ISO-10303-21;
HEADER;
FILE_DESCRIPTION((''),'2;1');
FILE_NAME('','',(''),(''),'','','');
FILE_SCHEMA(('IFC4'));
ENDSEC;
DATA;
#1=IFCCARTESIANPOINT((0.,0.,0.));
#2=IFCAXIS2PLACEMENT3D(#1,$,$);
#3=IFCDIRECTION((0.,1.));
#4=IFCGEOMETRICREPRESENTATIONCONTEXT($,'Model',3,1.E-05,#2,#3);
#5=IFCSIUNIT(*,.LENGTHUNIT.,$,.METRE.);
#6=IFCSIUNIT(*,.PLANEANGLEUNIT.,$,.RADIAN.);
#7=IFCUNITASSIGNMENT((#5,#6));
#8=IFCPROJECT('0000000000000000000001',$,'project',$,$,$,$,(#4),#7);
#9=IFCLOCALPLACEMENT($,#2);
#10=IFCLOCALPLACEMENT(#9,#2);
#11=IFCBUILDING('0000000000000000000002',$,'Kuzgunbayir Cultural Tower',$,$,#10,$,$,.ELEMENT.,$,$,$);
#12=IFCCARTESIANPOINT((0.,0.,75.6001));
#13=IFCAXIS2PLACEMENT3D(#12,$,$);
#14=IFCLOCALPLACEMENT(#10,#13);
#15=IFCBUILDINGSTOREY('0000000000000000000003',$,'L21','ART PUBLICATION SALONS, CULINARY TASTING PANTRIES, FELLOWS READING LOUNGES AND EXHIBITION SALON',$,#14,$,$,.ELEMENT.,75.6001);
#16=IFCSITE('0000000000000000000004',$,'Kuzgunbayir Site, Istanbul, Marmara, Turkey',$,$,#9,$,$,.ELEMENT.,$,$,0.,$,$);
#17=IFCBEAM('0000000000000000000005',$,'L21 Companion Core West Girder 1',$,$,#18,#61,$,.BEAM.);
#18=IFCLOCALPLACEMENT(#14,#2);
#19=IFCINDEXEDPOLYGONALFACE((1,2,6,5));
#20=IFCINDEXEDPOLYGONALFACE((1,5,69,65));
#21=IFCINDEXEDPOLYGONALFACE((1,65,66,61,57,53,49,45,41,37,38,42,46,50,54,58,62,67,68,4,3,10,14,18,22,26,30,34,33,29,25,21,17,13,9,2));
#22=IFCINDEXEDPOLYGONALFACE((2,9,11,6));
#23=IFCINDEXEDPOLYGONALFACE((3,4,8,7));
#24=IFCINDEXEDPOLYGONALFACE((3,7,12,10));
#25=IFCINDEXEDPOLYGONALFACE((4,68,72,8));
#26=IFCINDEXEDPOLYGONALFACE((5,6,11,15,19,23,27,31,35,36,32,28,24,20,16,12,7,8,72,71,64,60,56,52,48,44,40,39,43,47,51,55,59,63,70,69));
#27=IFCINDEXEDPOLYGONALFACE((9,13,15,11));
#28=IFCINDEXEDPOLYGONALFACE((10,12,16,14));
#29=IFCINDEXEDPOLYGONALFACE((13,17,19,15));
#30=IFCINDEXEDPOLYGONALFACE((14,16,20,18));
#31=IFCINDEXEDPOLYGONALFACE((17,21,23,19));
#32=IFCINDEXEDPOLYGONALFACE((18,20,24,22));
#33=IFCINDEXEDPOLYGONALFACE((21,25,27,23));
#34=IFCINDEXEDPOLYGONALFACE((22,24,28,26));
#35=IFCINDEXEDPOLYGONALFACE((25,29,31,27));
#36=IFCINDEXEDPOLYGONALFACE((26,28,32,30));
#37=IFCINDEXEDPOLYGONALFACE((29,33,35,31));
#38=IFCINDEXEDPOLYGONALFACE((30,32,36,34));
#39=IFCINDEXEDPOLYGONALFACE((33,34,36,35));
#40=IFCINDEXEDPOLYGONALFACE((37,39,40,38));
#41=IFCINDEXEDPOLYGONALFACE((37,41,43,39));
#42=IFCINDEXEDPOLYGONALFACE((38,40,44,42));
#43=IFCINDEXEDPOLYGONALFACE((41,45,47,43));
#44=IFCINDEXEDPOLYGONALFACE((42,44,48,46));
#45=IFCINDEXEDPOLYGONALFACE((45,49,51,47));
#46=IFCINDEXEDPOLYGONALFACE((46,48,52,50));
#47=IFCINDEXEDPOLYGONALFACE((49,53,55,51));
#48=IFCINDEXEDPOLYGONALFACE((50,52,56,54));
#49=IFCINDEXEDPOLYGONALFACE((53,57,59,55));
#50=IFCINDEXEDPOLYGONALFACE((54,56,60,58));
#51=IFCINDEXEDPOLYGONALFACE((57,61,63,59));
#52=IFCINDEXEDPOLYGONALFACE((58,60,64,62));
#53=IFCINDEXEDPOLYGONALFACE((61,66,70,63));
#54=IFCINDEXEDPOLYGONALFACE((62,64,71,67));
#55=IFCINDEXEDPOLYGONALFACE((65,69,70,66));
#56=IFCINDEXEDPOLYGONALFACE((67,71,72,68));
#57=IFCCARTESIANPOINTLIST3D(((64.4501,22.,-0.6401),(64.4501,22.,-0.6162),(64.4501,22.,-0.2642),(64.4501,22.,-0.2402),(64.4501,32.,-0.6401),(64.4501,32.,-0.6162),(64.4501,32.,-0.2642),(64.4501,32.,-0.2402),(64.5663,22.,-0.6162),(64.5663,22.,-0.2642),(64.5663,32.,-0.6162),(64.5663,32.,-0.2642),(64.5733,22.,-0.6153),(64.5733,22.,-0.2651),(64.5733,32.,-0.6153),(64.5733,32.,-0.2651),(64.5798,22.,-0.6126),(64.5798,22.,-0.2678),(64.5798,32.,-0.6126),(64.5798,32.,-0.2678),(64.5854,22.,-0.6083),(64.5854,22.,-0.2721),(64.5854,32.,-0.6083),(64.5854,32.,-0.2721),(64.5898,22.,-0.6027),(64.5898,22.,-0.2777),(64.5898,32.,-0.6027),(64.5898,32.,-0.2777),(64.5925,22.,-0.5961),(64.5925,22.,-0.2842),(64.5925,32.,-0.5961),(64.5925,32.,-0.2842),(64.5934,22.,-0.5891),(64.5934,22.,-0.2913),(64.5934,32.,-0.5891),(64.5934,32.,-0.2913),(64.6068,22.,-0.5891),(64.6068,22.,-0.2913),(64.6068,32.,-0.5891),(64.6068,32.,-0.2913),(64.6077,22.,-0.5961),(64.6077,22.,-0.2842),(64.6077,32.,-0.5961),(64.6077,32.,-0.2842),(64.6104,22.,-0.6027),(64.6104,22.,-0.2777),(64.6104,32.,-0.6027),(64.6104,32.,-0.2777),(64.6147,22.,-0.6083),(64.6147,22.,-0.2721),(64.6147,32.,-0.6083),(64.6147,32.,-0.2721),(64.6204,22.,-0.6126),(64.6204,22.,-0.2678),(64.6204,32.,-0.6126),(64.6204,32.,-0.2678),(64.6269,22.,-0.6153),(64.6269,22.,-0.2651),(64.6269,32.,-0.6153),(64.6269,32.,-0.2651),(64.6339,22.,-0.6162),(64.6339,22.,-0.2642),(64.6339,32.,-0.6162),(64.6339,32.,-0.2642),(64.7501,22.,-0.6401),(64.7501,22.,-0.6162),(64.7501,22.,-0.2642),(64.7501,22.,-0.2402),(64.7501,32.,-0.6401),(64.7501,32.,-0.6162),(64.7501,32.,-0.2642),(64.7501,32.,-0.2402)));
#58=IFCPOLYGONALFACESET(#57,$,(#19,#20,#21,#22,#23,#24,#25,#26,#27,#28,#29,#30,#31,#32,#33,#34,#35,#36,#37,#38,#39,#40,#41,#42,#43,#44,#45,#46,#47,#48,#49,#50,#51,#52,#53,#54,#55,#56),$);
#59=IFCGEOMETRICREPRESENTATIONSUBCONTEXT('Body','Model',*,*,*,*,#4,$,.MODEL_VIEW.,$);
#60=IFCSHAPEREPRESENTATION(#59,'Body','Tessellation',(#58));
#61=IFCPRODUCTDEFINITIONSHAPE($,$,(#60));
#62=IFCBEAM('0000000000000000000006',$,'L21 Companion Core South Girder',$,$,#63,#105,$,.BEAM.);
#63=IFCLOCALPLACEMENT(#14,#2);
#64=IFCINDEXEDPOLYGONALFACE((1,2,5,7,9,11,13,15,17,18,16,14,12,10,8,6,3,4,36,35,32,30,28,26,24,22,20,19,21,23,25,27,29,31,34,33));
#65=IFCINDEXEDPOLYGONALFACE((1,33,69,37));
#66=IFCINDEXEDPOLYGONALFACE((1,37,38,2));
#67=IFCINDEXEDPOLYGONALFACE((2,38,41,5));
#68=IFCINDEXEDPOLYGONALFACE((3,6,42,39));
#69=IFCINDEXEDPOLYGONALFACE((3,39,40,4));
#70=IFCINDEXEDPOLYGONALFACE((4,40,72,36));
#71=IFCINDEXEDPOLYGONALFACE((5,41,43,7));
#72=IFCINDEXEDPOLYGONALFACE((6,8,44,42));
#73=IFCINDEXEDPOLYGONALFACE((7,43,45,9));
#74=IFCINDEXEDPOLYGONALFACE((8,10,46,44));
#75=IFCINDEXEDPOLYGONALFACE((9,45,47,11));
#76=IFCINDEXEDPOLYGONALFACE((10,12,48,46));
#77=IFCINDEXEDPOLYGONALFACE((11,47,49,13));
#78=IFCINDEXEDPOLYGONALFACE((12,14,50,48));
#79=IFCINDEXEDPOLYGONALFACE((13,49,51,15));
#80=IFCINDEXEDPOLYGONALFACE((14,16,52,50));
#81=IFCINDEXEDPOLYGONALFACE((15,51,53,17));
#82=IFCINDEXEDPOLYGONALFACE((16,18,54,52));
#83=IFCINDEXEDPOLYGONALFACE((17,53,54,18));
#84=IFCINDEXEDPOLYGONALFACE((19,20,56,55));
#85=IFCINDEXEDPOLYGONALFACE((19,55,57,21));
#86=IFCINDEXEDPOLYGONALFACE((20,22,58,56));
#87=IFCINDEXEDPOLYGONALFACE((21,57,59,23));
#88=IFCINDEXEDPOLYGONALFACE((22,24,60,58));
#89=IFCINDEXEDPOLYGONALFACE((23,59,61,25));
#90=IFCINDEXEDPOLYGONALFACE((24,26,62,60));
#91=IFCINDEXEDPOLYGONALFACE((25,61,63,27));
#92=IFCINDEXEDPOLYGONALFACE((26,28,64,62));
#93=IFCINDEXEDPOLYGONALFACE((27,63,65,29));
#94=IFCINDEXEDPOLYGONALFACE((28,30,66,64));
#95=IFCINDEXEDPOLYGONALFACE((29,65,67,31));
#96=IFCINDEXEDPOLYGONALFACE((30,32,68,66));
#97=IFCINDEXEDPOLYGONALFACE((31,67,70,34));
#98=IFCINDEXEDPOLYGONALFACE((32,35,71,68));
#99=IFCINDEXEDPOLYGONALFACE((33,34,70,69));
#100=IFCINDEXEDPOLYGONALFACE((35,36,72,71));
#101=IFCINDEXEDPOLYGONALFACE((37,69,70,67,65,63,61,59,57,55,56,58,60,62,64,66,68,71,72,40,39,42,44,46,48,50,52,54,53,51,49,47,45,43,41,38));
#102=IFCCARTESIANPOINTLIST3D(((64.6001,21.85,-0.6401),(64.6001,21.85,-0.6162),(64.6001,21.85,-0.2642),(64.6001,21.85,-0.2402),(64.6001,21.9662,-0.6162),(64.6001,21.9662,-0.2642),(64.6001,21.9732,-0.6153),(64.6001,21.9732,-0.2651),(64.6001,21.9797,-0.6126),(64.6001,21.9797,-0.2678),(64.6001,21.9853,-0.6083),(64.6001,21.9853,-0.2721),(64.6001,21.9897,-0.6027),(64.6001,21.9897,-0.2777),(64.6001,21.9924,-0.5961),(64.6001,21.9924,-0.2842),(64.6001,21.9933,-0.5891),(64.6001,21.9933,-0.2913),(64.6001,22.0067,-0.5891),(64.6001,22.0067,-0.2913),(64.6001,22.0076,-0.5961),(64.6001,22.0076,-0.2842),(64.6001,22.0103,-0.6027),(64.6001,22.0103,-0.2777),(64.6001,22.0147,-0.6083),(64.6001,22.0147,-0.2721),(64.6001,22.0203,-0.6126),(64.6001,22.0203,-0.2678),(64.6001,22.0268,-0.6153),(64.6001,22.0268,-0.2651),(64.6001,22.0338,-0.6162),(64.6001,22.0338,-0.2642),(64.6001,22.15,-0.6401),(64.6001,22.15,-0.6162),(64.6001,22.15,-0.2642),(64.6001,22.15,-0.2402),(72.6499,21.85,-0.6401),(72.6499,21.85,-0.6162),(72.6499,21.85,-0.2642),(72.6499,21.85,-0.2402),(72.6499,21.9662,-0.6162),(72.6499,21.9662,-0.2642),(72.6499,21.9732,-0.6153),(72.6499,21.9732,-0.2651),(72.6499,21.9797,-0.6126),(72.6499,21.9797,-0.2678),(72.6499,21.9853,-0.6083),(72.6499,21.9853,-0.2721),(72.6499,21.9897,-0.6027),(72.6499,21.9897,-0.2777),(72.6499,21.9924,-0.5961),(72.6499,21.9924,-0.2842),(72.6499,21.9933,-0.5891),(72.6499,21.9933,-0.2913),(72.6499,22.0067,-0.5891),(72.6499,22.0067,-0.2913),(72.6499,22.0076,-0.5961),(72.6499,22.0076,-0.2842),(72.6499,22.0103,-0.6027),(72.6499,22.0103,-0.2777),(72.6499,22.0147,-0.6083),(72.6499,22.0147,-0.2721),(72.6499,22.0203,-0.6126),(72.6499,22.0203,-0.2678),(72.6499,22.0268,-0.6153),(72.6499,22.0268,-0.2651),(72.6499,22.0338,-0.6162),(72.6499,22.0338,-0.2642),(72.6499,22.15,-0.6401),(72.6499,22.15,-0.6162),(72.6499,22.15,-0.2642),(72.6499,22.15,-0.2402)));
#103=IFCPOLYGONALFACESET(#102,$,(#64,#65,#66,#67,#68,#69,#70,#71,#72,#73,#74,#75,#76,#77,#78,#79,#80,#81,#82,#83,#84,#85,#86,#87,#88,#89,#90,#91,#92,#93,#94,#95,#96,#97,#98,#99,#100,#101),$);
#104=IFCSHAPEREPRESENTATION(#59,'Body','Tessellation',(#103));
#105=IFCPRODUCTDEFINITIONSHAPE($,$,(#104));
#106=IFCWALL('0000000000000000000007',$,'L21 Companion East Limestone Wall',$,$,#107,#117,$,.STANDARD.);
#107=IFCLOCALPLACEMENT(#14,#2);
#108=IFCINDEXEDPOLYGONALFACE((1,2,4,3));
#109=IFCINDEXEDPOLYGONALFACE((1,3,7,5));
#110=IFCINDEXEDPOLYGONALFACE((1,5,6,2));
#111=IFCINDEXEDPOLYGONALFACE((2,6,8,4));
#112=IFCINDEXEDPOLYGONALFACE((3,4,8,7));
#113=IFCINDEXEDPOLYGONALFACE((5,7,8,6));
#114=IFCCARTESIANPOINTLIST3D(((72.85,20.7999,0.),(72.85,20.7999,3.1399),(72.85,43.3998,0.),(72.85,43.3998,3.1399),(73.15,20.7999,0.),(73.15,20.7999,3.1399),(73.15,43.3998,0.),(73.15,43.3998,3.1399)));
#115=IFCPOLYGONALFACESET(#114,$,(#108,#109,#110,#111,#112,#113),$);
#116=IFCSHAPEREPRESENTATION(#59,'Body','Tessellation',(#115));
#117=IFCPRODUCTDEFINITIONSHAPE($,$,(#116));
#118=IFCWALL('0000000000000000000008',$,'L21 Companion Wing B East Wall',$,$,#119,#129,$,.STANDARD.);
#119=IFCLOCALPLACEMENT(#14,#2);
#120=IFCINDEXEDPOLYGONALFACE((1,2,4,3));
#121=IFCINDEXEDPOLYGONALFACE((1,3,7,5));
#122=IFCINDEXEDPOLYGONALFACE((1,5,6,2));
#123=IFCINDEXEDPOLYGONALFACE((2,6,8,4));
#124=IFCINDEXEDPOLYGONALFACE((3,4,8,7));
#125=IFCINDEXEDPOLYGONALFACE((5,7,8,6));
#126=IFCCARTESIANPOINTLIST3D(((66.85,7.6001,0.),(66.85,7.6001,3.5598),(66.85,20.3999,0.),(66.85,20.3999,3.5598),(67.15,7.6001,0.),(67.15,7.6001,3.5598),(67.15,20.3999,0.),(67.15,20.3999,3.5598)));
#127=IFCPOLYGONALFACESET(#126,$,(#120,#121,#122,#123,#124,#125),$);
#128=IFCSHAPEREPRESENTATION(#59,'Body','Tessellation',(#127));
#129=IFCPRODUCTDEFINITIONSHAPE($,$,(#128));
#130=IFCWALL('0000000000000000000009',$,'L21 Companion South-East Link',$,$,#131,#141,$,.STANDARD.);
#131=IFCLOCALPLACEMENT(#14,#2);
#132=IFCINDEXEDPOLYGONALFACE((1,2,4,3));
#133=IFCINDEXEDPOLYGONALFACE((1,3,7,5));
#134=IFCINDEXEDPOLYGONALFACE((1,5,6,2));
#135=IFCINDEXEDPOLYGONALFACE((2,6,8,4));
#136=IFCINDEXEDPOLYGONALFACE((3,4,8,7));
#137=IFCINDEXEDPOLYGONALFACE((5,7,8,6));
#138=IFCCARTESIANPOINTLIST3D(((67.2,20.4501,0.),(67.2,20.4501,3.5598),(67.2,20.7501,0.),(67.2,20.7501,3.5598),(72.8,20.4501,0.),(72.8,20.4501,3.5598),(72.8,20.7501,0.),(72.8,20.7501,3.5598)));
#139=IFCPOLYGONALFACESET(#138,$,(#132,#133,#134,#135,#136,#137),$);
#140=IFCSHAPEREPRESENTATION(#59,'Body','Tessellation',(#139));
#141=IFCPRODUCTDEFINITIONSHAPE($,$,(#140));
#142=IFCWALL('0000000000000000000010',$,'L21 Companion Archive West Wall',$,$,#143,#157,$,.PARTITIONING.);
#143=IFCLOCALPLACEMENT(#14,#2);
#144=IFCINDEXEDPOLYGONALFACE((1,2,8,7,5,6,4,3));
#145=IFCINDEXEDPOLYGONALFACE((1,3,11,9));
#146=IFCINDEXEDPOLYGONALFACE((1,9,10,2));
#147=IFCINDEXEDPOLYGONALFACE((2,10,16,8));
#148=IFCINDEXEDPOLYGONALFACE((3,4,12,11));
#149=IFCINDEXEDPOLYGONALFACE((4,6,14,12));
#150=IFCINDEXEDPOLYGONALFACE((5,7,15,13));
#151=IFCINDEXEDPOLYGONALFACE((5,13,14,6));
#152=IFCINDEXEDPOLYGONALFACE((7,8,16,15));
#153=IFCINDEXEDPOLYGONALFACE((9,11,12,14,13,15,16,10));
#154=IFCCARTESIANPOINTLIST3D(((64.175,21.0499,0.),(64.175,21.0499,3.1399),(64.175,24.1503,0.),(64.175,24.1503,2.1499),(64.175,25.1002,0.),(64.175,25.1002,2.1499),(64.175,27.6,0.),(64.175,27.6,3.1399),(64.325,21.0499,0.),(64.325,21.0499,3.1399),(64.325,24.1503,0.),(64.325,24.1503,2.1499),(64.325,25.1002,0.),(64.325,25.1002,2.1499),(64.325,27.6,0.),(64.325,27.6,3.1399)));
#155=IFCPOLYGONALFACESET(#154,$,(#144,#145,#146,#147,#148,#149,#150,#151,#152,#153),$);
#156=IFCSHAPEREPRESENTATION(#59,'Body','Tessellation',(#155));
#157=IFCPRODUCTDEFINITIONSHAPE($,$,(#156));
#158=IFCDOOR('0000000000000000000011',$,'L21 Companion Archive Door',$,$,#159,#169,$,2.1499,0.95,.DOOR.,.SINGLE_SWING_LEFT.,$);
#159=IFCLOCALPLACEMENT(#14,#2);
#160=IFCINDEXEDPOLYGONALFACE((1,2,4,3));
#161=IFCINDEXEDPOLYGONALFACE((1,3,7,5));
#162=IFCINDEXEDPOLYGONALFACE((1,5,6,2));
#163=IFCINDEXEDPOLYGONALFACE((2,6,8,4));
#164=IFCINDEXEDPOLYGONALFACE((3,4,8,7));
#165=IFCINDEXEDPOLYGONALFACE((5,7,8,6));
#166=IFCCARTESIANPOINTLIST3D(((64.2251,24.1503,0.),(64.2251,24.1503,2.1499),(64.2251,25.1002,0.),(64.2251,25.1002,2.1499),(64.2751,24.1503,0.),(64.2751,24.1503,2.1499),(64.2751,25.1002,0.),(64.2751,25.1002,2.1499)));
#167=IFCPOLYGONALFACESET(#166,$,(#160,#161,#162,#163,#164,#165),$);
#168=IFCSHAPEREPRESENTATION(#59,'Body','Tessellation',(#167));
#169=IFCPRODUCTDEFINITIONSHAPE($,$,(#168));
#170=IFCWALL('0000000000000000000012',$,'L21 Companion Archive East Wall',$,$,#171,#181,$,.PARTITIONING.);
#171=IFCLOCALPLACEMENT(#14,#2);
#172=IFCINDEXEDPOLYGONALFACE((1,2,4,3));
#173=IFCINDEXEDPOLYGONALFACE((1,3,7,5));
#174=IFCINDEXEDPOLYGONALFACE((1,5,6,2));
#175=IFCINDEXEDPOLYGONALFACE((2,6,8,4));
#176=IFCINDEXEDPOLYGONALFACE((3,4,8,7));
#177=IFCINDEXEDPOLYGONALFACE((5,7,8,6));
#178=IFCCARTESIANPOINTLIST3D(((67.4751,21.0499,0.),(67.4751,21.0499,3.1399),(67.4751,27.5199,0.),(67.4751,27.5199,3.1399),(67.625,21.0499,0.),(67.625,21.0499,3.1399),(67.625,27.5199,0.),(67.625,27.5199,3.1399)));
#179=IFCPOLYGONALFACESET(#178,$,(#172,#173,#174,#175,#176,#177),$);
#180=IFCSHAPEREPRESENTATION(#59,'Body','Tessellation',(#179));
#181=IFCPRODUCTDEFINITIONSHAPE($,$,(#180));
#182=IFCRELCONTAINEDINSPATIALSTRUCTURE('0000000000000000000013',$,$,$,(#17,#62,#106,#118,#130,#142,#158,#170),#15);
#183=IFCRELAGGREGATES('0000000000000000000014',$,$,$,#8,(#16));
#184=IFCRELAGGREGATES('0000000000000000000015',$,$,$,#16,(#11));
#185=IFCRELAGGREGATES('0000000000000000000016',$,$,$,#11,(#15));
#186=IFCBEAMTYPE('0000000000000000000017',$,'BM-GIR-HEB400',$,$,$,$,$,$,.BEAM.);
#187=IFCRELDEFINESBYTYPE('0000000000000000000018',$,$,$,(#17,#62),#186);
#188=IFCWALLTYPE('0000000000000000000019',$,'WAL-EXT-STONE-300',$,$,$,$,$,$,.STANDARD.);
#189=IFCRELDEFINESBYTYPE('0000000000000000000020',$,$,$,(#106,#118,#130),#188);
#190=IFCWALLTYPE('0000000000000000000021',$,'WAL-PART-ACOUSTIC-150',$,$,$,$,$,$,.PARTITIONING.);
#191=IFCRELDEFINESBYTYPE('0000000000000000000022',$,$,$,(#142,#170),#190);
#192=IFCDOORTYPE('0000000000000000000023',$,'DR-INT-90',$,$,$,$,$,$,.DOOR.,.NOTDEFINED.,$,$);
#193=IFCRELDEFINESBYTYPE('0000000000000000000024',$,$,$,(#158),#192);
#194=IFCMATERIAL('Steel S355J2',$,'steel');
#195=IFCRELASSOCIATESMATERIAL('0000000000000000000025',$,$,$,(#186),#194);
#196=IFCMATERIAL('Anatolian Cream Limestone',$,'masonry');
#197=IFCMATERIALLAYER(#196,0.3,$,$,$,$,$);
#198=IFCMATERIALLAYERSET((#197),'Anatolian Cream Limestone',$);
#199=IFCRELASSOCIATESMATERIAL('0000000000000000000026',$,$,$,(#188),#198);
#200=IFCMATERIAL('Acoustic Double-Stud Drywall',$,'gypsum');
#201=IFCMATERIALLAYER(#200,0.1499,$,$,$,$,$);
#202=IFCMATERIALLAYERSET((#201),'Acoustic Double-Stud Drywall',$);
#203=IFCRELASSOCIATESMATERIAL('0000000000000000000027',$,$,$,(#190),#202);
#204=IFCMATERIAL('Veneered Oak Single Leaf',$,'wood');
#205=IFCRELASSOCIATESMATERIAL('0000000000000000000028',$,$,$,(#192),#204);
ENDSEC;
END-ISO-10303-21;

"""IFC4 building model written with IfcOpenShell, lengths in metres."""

from ifc_helpers import new_model, si_unit, direction, frame, frame_2d, origin, origin_2d, place, context, subcontext, project, spatial, rectangle, i_section, extrude, material, layer, layer_set, material_profile, profile_set, type_object, element, fill, save


model = new_model("IFC4")

# Units and contexts
model_context = context("Model", 3, precision=1e-05, world=origin(), true_north=direction((0.0, 1.0)))
body_context = subcontext(model_context, "Body", "Model", "MODEL_VIEW")
ifc_project = project(units=[si_unit("LENGTHUNIT", "METRE"), si_unit("PLANEANGLEUNIT", "RADIAN")], contexts=[model_context])

# Site, building, storey
site_placement = place(None, origin())
site = spatial("IfcSite", under=ifc_project, at=site_placement, Name="Kuzgunbayir Site, Istanbul, Marmara, Turkey", CompositionType="ELEMENT", RefElevation=0.0)
building_placement = place(site_placement, origin())
building = spatial("IfcBuilding", under=site, at=building_placement, Name="Kuzgunbayir Cultural Tower", CompositionType="ELEMENT")
storey_placement = place(building_placement, frame((0.0, 0.0, 75.6001)))
storey = spatial("IfcBuildingStorey", under=building, at=storey_placement, Name="L21", Description="ART PUBLICATION SALONS, CULINARY TASTING PANTRIES, FELLOWS READING LOUNGES AND EXHIBITION SALON", CompositionType="ELEMENT", Elevation=75.6001)

# Beams
ifc_material_1 = material(Name="Steel S355J2", Category="steel")
ifc_material_profile_1 = material_profile(ifc_material_1, i_section(OverallWidth=0.3, OverallDepth=0.3999, WebThickness=0.0134, FlangeThickness=0.0239, FilletRadius=0.0271, at=origin_2d()), Name="HEB 400")
ifc_profile_set_1 = profile_set([ifc_material_profile_1], Name="Steel S355J2")
beam_type_1 = type_object("IfcBeamType", Name="BM-GIR-HEB400", PredefinedType="BEAM", material=ifc_profile_set_1)
beam_1_placement = place(storey_placement, frame((64.6001, 22.0, -0.4402), z_axis=(0.0, 1.0, 0.0), x_axis=(-1.0, 0.0, 0.0)))
element("IfcBeam", 1, at=beam_1_placement, inside=storey, type_object=beam_type_1, Name="L21 Companion Core West Girder 1", PredefinedType="BEAM", context=body_context, shape_type="SweptSolid", body=[
    extrude(i_section(OverallWidth=0.3, OverallDepth=0.3999, WebThickness=0.0134, FlangeThickness=0.0239, FilletRadius=0.0271, at=origin_2d()), origin(), (0.0, 0.0, 1.0), 10.0),
])
beam_2_placement = place(storey_placement, frame((64.6001, 22.0, -0.4402), z_axis=(1.0, 0.0, 0.0), x_axis=(0.0, 1.0, 0.0)))
element("IfcBeam", 2, at=beam_2_placement, inside=storey, type_object=beam_type_1, Name="L21 Companion Core South Girder", PredefinedType="BEAM", context=body_context, shape_type="SweptSolid", body=[
    extrude(i_section(OverallWidth=0.3, OverallDepth=0.3999, WebThickness=0.0134, FlangeThickness=0.0239, FilletRadius=0.0271, at=origin_2d()), origin(), (0.0, 0.0, 1.0), 8.0498),
])

# Walls
ifc_material_2 = material(Name="Anatolian Cream Limestone", Category="masonry")
ifc_layer_1 = layer(ifc_material_2, 0.3)
ifc_layer_set_1 = layer_set([ifc_layer_1], Name="Anatolian Cream Limestone")
wall_type_1 = type_object("IfcWallType", Name="WAL-EXT-STONE-300", PredefinedType="STANDARD", material=ifc_layer_set_1)
wall_1_placement = place(storey_placement, frame((73.0, 20.8, 0.0), z_axis=(0.0, 0.0, 1.0), x_axis=(0.0, 1.0, 0.0)))
element("IfcWall", 3, at=wall_1_placement, inside=storey, type_object=wall_type_1, Name="L21 Companion East Limestone Wall", PredefinedType="STANDARD", context=body_context, shape_type="SweptSolid", body=[
    extrude(rectangle(XDim=22.5999, YDim=0.3, at=frame_2d((11.2998, 0.0))), origin(), (0.0, 0.0, 1.0), 3.1399),
])
wall_2_placement = place(storey_placement, frame((67.0, 7.6001, 0.0), z_axis=(0.0, 0.0, 1.0), x_axis=(0.0, 1.0, 0.0)))
element("IfcWall", 4, at=wall_2_placement, inside=storey, type_object=wall_type_1, Name="L21 Companion Wing B East Wall", PredefinedType="STANDARD", context=body_context, shape_type="SweptSolid", body=[
    extrude(rectangle(XDim=12.7998, YDim=0.3, at=frame_2d((6.3999, 0.0))), origin(), (0.0, 0.0, 1.0), 3.5598),
])
wall_3_placement = place(storey_placement, frame((67.2, 20.6001, 0.0), z_axis=(0.0, 0.0, 1.0), x_axis=(1.0, 0.0, 0.0)))
element("IfcWall", 5, at=wall_3_placement, inside=storey, type_object=wall_type_1, Name="L21 Companion South-East Link", PredefinedType="STANDARD", context=body_context, shape_type="SweptSolid", body=[
    extrude(rectangle(XDim=5.6001, YDim=0.3, at=frame_2d((2.8, 0.0))), origin(), (0.0, 0.0, 1.0), 3.5598),
])

# Wall, opening, door
ifc_material_3 = material(Name="Acoustic Double-Stud Drywall", Category="gypsum")
ifc_layer_2 = layer(ifc_material_3, 0.1499)
ifc_layer_set_2 = layer_set([ifc_layer_2], Name="Acoustic Double-Stud Drywall")
wall_type_2 = type_object("IfcWallType", Name="WAL-PART-ACOUSTIC-150", PredefinedType="PARTITIONING", material=ifc_layer_set_2)
wall_4_placement = place(storey_placement, frame((64.25, 21.05, 0.0), z_axis=(0.0, 0.0, 1.0), x_axis=(0.0, 1.0, 0.0)))
wall_4 = element("IfcWall", 6, at=wall_4_placement, inside=storey, type_object=wall_type_2, Name="L21 Companion Archive West Wall", PredefinedType="PARTITIONING", context=body_context, shape_type="SweptSolid", body=[
    extrude(rectangle(XDim=6.55, YDim=0.1499, at=frame_2d((3.2749, 0.0))), origin(), (0.0, 0.0, 1.0), 3.1399),
])
opening_1_placement = place(wall_4_placement, frame((3.1001, 0.0, 0.0)))
opening_1 = element("IfcOpeningElement", 7, at=opening_1_placement, cuts=wall_4, PredefinedType="OPENING", context=body_context, shape_type="SweptSolid", body=[
    extrude(rectangle(XDim=0.95, YDim=2.1499, at=frame_2d((0.4751, 1.075))), frame((0.0, 0.085, 0.0), z_axis=(0.0, -1.0, 0.0), x_axis=(1.0, 0.0, 0.0)), (0.0, 0.0, 1.0), 0.1699),
])
ifc_material_4 = material(Name="Veneered Oak Single Leaf", Category="wood")
door_type_1 = type_object("IfcDoorType", Name="DR-INT-90", OperationType="NOTDEFINED", PredefinedType="DOOR", material=ifc_material_4)
door_1_placement = place(opening_1_placement, origin())
door_1 = element("IfcDoor", 8, at=door_1_placement, inside=storey, type_object=door_type_1, Name="L21 Companion Archive Door", OperationType="SINGLE_SWING_LEFT", OverallHeight=2.1499, OverallWidth=0.95, PredefinedType="DOOR", context=body_context, shape_type="SweptSolid", body=[
    extrude(rectangle(XDim=0.95, YDim=2.1499, at=frame_2d((0.4751, 1.075))), frame((0.0, 0.0249, 0.0), z_axis=(0.0, -1.0, 0.0), x_axis=(1.0, 0.0, 0.0)), (0.0, 0.0, 1.0), 0.05),
])
fill(opening_1, door_1)

# Wall
wall_5_placement = place(storey_placement, frame((67.55, 21.05, 0.0), z_axis=(0.0, 0.0, 1.0), x_axis=(0.0, 1.0, 0.0)))
element("IfcWall", 9, at=wall_5_placement, inside=storey, type_object=wall_type_2, Name="L21 Companion Archive East Wall", PredefinedType="PARTITIONING", context=body_context, shape_type="SweptSolid", body=[
    extrude(rectangle(XDim=6.47, YDim=0.1499, at=frame_2d((3.2349, 0.0))), origin(), (0.0, 0.0, 1.0), 3.1399),
])

save(model, "model.ifc")
